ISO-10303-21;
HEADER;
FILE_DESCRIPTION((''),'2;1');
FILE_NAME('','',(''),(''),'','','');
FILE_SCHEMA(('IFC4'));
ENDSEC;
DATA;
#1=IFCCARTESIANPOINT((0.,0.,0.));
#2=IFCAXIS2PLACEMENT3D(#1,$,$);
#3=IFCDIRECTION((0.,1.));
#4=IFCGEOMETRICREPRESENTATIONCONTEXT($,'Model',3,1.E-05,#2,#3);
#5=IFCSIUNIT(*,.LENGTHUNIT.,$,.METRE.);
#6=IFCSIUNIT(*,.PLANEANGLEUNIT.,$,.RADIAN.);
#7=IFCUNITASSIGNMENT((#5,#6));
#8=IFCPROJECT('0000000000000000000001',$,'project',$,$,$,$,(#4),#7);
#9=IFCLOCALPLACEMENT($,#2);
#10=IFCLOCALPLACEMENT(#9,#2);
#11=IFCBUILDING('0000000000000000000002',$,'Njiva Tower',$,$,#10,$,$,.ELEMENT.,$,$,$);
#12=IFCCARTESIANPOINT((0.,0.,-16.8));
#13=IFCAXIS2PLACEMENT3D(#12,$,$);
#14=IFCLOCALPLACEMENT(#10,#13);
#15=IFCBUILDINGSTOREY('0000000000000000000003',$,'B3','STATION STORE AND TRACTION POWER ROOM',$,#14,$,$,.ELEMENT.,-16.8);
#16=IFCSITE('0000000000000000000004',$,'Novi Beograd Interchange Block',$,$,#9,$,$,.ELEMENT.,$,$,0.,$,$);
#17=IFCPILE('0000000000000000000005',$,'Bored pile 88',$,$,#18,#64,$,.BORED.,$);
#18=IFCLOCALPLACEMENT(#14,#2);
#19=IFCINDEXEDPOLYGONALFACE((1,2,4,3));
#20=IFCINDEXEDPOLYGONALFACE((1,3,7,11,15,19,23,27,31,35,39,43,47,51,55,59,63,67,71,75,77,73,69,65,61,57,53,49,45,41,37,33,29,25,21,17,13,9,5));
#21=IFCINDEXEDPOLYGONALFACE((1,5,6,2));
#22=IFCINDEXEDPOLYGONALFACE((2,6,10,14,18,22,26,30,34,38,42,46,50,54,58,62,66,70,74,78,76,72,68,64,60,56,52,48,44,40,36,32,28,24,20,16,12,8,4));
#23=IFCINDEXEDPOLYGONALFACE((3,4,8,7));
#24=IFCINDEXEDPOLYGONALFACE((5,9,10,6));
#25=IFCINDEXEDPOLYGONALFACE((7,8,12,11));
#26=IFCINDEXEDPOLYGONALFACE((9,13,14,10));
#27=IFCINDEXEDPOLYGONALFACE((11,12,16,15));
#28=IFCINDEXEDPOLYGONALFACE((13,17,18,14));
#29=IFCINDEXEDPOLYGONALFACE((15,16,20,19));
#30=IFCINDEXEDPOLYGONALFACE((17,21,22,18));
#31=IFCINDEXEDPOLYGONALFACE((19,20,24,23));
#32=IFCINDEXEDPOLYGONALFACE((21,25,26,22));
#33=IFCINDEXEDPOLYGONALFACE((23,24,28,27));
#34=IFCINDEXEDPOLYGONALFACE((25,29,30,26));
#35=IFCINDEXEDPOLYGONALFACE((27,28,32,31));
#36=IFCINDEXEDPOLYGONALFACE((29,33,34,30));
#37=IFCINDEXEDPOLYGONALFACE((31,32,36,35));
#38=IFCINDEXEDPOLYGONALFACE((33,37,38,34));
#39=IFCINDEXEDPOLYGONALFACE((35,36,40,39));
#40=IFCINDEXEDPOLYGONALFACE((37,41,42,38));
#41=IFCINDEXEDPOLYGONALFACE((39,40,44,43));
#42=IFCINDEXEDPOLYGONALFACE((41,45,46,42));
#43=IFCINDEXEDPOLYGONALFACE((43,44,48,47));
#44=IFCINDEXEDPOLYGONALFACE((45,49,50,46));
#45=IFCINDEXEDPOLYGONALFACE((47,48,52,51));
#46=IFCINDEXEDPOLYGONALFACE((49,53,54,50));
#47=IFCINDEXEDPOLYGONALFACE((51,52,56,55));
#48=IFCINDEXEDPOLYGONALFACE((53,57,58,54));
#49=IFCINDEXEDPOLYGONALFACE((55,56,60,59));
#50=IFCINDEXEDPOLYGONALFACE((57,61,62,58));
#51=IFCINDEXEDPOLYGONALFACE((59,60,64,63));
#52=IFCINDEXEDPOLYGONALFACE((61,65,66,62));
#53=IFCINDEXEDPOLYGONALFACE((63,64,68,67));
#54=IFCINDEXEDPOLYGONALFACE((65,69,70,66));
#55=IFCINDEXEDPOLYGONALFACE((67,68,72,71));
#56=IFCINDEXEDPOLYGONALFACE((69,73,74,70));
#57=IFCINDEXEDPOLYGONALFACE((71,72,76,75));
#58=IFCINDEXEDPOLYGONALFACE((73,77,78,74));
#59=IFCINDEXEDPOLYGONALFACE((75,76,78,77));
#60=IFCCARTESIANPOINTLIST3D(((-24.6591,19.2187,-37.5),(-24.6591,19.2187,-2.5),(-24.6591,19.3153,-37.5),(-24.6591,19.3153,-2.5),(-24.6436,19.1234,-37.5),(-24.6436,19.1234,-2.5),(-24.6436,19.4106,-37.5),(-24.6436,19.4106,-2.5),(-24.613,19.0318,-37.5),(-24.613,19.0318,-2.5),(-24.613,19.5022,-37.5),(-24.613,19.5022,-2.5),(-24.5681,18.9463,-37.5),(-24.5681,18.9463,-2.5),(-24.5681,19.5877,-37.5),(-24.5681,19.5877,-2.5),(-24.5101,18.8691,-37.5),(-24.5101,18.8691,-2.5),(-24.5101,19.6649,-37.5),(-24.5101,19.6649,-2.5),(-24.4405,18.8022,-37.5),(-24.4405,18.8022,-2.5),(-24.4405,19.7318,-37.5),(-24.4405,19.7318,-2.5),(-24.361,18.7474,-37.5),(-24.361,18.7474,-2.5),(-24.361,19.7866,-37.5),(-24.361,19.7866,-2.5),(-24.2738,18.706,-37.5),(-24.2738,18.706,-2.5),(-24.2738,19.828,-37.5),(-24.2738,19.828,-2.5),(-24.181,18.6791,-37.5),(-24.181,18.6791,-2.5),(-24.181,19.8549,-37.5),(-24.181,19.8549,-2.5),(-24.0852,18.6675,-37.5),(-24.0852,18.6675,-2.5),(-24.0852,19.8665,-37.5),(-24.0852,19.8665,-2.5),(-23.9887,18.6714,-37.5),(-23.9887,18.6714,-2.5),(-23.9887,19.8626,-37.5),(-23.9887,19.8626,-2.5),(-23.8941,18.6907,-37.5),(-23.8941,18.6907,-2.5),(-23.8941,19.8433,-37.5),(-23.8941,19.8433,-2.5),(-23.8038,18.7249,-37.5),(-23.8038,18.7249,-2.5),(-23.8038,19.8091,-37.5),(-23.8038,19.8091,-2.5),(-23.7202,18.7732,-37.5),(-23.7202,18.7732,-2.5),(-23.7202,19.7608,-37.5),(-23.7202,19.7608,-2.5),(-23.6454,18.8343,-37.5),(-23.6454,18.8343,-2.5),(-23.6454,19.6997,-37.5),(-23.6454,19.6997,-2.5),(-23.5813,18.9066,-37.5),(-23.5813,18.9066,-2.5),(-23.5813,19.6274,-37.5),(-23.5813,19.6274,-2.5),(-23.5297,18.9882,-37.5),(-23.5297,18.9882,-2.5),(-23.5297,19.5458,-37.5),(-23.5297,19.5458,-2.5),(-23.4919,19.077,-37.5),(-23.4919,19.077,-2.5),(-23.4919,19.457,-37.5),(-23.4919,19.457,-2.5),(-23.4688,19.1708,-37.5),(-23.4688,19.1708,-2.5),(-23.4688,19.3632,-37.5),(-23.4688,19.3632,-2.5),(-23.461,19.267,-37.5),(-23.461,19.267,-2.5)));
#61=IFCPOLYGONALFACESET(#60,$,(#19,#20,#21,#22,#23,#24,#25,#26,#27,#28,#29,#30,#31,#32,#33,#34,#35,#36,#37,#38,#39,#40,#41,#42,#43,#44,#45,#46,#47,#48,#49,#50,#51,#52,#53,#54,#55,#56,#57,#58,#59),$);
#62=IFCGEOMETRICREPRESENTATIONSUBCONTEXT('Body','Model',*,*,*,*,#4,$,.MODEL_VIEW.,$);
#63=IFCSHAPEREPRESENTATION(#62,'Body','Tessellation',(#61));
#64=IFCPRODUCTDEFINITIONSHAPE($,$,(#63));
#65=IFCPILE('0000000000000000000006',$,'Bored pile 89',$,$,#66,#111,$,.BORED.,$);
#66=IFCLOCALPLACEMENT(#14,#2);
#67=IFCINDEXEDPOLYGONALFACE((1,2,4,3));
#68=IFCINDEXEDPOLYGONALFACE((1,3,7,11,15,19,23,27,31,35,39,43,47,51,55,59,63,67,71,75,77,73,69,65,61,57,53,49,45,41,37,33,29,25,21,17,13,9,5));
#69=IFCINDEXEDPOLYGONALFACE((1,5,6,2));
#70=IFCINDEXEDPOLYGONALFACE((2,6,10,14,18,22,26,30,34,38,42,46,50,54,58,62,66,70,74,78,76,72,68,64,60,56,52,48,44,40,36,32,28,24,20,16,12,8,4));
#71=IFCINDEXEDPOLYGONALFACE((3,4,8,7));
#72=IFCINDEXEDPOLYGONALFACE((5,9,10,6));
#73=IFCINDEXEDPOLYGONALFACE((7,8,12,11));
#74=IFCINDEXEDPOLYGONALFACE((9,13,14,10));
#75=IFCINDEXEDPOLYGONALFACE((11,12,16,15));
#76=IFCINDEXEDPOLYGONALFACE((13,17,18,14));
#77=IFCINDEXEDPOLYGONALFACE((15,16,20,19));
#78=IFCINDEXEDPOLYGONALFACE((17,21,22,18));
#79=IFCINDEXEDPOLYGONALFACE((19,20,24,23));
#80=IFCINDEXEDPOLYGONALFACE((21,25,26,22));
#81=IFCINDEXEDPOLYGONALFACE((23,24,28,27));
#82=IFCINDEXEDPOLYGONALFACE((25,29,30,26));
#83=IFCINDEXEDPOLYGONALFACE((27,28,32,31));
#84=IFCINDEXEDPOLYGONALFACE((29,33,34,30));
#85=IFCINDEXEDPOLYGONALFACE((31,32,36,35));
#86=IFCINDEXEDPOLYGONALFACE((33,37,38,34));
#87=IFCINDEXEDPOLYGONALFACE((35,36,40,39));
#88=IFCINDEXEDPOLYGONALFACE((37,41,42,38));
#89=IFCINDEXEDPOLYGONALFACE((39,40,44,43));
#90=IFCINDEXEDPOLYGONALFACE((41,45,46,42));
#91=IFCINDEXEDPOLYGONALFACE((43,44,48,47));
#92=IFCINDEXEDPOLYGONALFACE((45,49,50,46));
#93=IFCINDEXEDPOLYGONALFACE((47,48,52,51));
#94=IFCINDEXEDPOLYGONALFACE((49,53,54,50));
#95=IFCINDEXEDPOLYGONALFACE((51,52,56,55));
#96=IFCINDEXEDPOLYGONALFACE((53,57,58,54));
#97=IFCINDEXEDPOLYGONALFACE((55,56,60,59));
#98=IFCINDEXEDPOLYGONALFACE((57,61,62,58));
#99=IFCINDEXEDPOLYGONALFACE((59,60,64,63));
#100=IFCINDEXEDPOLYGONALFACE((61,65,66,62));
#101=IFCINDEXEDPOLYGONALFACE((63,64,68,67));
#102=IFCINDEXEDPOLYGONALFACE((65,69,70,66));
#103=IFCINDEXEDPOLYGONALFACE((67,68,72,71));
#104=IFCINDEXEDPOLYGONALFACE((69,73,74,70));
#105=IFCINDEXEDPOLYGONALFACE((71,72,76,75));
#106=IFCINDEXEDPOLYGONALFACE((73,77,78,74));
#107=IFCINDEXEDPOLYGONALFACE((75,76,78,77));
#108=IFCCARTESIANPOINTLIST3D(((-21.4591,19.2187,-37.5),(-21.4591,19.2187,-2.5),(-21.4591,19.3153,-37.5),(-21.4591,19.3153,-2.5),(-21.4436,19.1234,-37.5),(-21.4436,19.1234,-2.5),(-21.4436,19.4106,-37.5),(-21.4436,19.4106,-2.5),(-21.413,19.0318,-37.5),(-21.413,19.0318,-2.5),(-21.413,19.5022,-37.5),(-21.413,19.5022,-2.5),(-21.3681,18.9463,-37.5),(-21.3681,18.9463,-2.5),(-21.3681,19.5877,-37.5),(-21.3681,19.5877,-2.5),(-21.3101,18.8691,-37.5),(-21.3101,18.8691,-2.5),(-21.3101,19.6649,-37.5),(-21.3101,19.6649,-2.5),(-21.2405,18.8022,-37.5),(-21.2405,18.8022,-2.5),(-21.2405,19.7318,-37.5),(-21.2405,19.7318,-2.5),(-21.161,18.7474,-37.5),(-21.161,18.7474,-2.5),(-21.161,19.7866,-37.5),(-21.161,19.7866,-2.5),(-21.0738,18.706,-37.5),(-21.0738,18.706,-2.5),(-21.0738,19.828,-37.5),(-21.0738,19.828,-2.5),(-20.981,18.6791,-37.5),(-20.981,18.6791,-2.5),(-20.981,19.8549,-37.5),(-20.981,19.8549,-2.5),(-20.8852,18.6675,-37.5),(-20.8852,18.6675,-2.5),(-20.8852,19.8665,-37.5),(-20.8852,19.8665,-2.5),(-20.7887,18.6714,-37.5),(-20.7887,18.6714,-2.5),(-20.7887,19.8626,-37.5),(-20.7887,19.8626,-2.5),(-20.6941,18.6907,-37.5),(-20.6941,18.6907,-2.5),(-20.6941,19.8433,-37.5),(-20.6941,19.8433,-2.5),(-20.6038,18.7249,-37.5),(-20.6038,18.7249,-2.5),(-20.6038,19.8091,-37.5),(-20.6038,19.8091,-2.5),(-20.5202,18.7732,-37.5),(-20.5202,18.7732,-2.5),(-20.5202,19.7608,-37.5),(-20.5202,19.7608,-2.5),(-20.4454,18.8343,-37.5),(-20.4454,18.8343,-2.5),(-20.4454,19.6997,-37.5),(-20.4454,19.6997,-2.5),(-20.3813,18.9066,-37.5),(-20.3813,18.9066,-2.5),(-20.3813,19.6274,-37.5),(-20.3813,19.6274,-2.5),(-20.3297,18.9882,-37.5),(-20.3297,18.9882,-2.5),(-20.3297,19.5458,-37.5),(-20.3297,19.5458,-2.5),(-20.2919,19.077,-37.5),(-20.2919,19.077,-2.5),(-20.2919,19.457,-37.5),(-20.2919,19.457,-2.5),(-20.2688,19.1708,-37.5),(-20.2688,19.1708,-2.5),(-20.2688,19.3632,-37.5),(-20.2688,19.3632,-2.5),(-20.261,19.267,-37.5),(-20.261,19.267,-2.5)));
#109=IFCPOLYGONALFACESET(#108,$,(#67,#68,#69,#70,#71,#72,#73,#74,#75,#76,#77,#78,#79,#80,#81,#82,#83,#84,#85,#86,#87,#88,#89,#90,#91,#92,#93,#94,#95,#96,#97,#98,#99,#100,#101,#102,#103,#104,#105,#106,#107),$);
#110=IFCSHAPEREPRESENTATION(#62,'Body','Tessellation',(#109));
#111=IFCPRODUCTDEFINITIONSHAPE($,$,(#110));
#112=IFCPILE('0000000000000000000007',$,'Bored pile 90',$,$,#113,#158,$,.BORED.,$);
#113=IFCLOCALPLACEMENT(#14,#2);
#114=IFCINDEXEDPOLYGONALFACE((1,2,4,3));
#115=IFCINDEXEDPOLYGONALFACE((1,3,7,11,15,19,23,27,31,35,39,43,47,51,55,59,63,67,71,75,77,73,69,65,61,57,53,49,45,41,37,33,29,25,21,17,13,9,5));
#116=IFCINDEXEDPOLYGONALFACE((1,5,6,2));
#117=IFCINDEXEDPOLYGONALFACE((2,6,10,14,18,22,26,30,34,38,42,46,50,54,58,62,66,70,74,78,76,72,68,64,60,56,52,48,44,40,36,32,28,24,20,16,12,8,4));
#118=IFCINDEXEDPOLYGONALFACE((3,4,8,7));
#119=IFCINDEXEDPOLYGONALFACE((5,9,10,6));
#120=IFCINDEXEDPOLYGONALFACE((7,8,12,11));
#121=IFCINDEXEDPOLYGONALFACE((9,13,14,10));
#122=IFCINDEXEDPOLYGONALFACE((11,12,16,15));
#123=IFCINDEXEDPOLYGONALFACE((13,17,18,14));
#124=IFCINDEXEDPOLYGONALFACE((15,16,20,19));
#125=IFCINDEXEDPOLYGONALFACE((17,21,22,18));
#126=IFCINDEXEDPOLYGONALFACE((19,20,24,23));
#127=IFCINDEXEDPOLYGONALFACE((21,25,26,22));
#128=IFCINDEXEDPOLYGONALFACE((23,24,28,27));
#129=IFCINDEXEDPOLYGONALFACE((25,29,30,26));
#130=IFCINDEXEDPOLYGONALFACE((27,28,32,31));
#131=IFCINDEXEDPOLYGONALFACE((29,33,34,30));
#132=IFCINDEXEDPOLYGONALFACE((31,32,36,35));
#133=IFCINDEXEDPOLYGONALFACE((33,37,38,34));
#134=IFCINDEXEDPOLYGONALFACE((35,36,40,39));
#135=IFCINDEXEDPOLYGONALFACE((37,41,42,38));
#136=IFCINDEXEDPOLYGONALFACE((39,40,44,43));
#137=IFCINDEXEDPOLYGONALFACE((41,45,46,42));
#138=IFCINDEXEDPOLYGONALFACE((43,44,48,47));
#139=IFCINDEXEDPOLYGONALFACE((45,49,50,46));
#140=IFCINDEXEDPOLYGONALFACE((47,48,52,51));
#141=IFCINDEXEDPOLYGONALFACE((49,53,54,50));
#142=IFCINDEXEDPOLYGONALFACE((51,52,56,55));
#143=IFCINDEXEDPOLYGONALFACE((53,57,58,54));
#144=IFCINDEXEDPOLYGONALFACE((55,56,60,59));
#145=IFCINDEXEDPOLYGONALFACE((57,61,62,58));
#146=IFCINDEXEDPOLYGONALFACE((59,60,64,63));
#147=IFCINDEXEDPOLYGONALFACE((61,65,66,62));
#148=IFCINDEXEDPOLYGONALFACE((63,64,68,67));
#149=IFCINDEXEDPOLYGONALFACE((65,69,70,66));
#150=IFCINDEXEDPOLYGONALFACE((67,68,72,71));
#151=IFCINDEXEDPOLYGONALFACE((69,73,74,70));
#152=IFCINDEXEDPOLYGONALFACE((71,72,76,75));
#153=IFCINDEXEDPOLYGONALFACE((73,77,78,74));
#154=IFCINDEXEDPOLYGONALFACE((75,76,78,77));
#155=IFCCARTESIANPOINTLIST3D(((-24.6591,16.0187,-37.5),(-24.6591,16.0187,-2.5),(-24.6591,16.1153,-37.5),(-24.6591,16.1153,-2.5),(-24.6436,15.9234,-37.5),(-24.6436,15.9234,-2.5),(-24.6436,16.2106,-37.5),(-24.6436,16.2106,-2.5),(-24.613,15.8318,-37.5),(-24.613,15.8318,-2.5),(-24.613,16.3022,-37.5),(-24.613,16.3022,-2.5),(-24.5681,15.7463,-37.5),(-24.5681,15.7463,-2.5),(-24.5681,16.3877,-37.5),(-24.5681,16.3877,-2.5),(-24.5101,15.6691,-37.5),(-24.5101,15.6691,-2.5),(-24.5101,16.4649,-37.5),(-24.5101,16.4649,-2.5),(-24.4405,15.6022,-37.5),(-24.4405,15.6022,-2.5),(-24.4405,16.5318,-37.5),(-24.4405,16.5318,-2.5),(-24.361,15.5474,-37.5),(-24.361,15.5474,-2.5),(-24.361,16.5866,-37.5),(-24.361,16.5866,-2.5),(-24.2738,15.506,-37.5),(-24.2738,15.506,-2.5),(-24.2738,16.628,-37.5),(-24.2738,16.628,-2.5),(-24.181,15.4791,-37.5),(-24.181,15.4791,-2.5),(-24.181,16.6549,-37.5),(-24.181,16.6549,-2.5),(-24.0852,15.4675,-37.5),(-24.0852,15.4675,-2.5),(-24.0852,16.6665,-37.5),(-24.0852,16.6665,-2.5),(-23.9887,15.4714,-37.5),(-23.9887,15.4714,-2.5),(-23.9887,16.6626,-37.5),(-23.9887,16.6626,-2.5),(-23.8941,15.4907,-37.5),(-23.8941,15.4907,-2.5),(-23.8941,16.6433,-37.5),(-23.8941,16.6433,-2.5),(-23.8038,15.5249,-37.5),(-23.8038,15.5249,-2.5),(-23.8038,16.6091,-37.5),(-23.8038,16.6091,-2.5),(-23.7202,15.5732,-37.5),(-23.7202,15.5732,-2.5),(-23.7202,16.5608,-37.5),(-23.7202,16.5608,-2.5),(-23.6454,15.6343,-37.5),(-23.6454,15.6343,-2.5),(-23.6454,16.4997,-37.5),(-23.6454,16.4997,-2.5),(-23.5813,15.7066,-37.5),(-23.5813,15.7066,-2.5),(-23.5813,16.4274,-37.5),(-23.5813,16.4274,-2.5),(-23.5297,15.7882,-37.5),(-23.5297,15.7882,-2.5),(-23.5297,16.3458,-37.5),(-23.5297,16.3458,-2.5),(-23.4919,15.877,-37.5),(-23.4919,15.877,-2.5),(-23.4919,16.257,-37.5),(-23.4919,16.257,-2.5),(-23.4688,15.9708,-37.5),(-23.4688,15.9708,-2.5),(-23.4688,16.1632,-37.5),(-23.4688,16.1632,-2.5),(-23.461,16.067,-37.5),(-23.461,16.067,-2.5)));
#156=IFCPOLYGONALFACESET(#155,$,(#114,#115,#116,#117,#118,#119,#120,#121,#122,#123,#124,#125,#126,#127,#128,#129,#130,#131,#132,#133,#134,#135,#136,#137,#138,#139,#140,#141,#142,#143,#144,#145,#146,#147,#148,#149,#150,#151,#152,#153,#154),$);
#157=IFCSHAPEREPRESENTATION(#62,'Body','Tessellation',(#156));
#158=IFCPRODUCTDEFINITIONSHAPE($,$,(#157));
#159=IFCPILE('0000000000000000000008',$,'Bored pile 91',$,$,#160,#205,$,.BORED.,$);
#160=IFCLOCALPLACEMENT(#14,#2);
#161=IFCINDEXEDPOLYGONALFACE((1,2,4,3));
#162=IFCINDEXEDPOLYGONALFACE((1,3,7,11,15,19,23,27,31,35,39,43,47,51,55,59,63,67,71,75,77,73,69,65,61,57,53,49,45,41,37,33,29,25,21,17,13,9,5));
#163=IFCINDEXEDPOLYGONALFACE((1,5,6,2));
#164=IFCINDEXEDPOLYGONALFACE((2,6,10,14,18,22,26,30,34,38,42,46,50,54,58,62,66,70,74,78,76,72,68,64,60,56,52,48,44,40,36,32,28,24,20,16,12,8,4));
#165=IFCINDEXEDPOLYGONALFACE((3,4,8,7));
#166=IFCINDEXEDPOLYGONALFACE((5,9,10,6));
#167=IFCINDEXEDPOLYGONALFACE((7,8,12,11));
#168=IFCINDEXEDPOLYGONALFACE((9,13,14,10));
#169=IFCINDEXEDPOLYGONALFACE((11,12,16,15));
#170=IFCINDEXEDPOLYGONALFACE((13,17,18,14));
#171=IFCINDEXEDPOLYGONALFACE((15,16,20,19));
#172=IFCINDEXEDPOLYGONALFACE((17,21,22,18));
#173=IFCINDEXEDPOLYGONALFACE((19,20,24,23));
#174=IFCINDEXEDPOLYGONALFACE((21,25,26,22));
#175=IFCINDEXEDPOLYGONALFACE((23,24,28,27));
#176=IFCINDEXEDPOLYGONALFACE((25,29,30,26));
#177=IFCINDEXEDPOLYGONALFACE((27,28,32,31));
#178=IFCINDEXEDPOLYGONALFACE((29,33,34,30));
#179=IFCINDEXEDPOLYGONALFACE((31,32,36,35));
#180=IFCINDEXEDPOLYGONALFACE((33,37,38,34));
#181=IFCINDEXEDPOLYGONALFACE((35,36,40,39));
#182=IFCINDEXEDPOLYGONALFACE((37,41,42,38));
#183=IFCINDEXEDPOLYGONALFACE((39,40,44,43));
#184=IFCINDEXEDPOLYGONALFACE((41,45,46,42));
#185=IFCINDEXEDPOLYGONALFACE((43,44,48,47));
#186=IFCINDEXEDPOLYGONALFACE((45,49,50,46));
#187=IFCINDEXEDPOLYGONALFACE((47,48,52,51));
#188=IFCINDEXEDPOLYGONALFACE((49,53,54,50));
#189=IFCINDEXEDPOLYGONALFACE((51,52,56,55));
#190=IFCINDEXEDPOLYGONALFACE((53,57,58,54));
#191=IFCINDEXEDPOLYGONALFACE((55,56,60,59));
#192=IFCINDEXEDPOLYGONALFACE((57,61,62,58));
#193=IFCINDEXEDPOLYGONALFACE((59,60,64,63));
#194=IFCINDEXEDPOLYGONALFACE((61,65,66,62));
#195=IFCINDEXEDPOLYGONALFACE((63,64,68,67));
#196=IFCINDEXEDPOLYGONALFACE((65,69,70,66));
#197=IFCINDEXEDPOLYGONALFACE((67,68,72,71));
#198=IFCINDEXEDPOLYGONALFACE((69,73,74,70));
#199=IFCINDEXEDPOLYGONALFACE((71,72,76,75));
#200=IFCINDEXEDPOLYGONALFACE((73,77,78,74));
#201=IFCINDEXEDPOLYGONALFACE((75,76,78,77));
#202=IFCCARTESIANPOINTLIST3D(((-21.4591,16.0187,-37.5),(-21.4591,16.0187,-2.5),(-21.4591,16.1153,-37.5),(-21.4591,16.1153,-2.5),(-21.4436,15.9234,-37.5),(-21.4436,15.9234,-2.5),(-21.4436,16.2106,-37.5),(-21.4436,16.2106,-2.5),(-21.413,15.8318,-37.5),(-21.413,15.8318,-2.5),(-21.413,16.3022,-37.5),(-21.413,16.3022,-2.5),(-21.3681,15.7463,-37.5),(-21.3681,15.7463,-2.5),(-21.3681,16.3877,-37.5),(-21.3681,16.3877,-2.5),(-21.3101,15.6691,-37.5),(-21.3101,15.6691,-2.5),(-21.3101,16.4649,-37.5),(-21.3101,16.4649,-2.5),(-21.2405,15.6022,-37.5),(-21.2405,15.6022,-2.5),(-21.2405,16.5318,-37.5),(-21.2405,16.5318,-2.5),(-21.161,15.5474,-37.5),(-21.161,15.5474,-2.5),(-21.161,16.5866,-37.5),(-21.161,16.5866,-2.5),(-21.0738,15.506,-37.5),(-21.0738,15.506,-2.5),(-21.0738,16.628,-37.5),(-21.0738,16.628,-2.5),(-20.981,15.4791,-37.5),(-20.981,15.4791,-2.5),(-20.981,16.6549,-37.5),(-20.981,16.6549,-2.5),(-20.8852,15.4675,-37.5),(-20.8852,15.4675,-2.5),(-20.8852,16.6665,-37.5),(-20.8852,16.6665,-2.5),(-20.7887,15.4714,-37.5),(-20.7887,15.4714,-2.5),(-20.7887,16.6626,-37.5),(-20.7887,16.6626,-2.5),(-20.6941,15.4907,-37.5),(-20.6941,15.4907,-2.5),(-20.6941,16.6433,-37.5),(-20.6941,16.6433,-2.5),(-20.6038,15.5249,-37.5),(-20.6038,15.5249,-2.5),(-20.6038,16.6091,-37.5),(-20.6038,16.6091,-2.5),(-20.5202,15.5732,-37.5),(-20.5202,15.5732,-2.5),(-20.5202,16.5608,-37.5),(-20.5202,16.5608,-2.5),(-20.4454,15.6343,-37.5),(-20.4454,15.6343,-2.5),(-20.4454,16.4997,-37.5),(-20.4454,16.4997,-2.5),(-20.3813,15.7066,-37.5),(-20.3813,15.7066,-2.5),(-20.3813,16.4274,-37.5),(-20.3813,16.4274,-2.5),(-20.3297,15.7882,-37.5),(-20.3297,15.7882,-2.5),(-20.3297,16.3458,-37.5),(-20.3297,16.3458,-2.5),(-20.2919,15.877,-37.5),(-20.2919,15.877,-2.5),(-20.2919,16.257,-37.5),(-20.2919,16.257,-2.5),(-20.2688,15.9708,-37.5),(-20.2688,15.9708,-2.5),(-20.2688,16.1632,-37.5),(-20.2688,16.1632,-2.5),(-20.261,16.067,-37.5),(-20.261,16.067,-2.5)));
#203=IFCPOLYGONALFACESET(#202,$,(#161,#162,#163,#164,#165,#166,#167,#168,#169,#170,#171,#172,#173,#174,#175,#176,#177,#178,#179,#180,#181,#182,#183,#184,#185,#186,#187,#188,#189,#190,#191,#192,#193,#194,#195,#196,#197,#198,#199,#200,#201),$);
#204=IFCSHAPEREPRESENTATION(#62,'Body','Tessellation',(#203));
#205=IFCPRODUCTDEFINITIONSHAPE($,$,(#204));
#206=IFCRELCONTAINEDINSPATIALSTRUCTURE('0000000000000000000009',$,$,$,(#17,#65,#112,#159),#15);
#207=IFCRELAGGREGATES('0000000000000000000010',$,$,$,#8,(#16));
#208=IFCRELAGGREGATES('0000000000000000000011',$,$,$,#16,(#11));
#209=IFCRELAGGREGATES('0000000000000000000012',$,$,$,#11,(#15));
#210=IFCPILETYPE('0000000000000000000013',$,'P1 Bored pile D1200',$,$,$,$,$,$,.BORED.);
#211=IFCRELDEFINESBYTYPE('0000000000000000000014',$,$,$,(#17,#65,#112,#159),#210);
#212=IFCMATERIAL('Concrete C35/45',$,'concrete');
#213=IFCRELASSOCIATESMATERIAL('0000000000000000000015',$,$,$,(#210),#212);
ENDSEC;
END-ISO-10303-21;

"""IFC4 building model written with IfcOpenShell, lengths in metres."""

from ifc_helpers import new_model, si_unit, direction, frame, origin, origin_2d, place, context, subcontext, project, spatial, circle, extrude, material, material_profile, profile_set, type_object, element, save


model = new_model("IFC4")

# Units and contexts
model_context = context("Model", 3, precision=1e-05, world=origin(), true_north=direction((0.0, 1.0)))
body_context = subcontext(model_context, "Body", "Model", "MODEL_VIEW")
ifc_project = project(units=[si_unit("LENGTHUNIT", "METRE"), si_unit("PLANEANGLEUNIT", "RADIAN")], contexts=[model_context])

# Site, building, storey
site_placement = place(None, origin())
site = spatial("IfcSite", under=ifc_project, at=site_placement, Name="Novi Beograd Interchange Block", CompositionType="ELEMENT", RefElevation=0.0)
building_placement = place(site_placement, origin())
building = spatial("IfcBuilding", under=site, at=building_placement, Name="Njiva Tower", CompositionType="ELEMENT")
storey_placement = place(building_placement, frame((0.0, 0.0, -16.8)))
storey = spatial("IfcBuildingStorey", under=building, at=storey_placement, Name="B3", Description="STATION STORE AND TRACTION POWER ROOM", CompositionType="ELEMENT", Elevation=-16.8)

# Piles
ifc_material_1 = material(Name="Concrete C35/45", Category="concrete")
ifc_material_profile_1 = material_profile(ifc_material_1, circle(Radius=0.6, at=origin_2d()), Name="D1200")
ifc_profile_set_1 = profile_set([ifc_material_profile_1], Name="Concrete C35/45")
pile_type = type_object("IfcPileType", Name="P1 Bored pile D1200", PredefinedType="BORED", material=ifc_profile_set_1)
for number, where, z_axis, x_axis, name in (
    (1, (-24.061, 19.267, -2.5), (0.0, 0.0, -1.0), (1.0, 0.0, 0.0), "Bored pile 88"),
    (2, (-20.861, 19.267, -2.5), (0.0, 0.0, -1.0), (1.0, 0.0, 0.0), "Bored pile 89"),
    (3, (-24.061, 16.067, -2.5), (0.0, 0.0, -1.0), (1.0, 0.0, 0.0), "Bored pile 90"),
    (4, (-20.861, 16.067, -2.5), (0.0, 0.0, -1.0), (1.0, 0.0, 0.0), "Bored pile 91"),
):
    element("IfcPile", number, at=place(storey_placement, frame(where, z_axis=z_axis, x_axis=x_axis)), inside=storey, type_object=pile_type, Name=name, PredefinedType="BORED", context=body_context, shape_type="SweptSolid", body=[
        extrude(circle(Radius=0.6, at=origin_2d()), origin(), (0.0, 0.0, 1.0), 35.0),
    ])

save(model, "model.ifc")
